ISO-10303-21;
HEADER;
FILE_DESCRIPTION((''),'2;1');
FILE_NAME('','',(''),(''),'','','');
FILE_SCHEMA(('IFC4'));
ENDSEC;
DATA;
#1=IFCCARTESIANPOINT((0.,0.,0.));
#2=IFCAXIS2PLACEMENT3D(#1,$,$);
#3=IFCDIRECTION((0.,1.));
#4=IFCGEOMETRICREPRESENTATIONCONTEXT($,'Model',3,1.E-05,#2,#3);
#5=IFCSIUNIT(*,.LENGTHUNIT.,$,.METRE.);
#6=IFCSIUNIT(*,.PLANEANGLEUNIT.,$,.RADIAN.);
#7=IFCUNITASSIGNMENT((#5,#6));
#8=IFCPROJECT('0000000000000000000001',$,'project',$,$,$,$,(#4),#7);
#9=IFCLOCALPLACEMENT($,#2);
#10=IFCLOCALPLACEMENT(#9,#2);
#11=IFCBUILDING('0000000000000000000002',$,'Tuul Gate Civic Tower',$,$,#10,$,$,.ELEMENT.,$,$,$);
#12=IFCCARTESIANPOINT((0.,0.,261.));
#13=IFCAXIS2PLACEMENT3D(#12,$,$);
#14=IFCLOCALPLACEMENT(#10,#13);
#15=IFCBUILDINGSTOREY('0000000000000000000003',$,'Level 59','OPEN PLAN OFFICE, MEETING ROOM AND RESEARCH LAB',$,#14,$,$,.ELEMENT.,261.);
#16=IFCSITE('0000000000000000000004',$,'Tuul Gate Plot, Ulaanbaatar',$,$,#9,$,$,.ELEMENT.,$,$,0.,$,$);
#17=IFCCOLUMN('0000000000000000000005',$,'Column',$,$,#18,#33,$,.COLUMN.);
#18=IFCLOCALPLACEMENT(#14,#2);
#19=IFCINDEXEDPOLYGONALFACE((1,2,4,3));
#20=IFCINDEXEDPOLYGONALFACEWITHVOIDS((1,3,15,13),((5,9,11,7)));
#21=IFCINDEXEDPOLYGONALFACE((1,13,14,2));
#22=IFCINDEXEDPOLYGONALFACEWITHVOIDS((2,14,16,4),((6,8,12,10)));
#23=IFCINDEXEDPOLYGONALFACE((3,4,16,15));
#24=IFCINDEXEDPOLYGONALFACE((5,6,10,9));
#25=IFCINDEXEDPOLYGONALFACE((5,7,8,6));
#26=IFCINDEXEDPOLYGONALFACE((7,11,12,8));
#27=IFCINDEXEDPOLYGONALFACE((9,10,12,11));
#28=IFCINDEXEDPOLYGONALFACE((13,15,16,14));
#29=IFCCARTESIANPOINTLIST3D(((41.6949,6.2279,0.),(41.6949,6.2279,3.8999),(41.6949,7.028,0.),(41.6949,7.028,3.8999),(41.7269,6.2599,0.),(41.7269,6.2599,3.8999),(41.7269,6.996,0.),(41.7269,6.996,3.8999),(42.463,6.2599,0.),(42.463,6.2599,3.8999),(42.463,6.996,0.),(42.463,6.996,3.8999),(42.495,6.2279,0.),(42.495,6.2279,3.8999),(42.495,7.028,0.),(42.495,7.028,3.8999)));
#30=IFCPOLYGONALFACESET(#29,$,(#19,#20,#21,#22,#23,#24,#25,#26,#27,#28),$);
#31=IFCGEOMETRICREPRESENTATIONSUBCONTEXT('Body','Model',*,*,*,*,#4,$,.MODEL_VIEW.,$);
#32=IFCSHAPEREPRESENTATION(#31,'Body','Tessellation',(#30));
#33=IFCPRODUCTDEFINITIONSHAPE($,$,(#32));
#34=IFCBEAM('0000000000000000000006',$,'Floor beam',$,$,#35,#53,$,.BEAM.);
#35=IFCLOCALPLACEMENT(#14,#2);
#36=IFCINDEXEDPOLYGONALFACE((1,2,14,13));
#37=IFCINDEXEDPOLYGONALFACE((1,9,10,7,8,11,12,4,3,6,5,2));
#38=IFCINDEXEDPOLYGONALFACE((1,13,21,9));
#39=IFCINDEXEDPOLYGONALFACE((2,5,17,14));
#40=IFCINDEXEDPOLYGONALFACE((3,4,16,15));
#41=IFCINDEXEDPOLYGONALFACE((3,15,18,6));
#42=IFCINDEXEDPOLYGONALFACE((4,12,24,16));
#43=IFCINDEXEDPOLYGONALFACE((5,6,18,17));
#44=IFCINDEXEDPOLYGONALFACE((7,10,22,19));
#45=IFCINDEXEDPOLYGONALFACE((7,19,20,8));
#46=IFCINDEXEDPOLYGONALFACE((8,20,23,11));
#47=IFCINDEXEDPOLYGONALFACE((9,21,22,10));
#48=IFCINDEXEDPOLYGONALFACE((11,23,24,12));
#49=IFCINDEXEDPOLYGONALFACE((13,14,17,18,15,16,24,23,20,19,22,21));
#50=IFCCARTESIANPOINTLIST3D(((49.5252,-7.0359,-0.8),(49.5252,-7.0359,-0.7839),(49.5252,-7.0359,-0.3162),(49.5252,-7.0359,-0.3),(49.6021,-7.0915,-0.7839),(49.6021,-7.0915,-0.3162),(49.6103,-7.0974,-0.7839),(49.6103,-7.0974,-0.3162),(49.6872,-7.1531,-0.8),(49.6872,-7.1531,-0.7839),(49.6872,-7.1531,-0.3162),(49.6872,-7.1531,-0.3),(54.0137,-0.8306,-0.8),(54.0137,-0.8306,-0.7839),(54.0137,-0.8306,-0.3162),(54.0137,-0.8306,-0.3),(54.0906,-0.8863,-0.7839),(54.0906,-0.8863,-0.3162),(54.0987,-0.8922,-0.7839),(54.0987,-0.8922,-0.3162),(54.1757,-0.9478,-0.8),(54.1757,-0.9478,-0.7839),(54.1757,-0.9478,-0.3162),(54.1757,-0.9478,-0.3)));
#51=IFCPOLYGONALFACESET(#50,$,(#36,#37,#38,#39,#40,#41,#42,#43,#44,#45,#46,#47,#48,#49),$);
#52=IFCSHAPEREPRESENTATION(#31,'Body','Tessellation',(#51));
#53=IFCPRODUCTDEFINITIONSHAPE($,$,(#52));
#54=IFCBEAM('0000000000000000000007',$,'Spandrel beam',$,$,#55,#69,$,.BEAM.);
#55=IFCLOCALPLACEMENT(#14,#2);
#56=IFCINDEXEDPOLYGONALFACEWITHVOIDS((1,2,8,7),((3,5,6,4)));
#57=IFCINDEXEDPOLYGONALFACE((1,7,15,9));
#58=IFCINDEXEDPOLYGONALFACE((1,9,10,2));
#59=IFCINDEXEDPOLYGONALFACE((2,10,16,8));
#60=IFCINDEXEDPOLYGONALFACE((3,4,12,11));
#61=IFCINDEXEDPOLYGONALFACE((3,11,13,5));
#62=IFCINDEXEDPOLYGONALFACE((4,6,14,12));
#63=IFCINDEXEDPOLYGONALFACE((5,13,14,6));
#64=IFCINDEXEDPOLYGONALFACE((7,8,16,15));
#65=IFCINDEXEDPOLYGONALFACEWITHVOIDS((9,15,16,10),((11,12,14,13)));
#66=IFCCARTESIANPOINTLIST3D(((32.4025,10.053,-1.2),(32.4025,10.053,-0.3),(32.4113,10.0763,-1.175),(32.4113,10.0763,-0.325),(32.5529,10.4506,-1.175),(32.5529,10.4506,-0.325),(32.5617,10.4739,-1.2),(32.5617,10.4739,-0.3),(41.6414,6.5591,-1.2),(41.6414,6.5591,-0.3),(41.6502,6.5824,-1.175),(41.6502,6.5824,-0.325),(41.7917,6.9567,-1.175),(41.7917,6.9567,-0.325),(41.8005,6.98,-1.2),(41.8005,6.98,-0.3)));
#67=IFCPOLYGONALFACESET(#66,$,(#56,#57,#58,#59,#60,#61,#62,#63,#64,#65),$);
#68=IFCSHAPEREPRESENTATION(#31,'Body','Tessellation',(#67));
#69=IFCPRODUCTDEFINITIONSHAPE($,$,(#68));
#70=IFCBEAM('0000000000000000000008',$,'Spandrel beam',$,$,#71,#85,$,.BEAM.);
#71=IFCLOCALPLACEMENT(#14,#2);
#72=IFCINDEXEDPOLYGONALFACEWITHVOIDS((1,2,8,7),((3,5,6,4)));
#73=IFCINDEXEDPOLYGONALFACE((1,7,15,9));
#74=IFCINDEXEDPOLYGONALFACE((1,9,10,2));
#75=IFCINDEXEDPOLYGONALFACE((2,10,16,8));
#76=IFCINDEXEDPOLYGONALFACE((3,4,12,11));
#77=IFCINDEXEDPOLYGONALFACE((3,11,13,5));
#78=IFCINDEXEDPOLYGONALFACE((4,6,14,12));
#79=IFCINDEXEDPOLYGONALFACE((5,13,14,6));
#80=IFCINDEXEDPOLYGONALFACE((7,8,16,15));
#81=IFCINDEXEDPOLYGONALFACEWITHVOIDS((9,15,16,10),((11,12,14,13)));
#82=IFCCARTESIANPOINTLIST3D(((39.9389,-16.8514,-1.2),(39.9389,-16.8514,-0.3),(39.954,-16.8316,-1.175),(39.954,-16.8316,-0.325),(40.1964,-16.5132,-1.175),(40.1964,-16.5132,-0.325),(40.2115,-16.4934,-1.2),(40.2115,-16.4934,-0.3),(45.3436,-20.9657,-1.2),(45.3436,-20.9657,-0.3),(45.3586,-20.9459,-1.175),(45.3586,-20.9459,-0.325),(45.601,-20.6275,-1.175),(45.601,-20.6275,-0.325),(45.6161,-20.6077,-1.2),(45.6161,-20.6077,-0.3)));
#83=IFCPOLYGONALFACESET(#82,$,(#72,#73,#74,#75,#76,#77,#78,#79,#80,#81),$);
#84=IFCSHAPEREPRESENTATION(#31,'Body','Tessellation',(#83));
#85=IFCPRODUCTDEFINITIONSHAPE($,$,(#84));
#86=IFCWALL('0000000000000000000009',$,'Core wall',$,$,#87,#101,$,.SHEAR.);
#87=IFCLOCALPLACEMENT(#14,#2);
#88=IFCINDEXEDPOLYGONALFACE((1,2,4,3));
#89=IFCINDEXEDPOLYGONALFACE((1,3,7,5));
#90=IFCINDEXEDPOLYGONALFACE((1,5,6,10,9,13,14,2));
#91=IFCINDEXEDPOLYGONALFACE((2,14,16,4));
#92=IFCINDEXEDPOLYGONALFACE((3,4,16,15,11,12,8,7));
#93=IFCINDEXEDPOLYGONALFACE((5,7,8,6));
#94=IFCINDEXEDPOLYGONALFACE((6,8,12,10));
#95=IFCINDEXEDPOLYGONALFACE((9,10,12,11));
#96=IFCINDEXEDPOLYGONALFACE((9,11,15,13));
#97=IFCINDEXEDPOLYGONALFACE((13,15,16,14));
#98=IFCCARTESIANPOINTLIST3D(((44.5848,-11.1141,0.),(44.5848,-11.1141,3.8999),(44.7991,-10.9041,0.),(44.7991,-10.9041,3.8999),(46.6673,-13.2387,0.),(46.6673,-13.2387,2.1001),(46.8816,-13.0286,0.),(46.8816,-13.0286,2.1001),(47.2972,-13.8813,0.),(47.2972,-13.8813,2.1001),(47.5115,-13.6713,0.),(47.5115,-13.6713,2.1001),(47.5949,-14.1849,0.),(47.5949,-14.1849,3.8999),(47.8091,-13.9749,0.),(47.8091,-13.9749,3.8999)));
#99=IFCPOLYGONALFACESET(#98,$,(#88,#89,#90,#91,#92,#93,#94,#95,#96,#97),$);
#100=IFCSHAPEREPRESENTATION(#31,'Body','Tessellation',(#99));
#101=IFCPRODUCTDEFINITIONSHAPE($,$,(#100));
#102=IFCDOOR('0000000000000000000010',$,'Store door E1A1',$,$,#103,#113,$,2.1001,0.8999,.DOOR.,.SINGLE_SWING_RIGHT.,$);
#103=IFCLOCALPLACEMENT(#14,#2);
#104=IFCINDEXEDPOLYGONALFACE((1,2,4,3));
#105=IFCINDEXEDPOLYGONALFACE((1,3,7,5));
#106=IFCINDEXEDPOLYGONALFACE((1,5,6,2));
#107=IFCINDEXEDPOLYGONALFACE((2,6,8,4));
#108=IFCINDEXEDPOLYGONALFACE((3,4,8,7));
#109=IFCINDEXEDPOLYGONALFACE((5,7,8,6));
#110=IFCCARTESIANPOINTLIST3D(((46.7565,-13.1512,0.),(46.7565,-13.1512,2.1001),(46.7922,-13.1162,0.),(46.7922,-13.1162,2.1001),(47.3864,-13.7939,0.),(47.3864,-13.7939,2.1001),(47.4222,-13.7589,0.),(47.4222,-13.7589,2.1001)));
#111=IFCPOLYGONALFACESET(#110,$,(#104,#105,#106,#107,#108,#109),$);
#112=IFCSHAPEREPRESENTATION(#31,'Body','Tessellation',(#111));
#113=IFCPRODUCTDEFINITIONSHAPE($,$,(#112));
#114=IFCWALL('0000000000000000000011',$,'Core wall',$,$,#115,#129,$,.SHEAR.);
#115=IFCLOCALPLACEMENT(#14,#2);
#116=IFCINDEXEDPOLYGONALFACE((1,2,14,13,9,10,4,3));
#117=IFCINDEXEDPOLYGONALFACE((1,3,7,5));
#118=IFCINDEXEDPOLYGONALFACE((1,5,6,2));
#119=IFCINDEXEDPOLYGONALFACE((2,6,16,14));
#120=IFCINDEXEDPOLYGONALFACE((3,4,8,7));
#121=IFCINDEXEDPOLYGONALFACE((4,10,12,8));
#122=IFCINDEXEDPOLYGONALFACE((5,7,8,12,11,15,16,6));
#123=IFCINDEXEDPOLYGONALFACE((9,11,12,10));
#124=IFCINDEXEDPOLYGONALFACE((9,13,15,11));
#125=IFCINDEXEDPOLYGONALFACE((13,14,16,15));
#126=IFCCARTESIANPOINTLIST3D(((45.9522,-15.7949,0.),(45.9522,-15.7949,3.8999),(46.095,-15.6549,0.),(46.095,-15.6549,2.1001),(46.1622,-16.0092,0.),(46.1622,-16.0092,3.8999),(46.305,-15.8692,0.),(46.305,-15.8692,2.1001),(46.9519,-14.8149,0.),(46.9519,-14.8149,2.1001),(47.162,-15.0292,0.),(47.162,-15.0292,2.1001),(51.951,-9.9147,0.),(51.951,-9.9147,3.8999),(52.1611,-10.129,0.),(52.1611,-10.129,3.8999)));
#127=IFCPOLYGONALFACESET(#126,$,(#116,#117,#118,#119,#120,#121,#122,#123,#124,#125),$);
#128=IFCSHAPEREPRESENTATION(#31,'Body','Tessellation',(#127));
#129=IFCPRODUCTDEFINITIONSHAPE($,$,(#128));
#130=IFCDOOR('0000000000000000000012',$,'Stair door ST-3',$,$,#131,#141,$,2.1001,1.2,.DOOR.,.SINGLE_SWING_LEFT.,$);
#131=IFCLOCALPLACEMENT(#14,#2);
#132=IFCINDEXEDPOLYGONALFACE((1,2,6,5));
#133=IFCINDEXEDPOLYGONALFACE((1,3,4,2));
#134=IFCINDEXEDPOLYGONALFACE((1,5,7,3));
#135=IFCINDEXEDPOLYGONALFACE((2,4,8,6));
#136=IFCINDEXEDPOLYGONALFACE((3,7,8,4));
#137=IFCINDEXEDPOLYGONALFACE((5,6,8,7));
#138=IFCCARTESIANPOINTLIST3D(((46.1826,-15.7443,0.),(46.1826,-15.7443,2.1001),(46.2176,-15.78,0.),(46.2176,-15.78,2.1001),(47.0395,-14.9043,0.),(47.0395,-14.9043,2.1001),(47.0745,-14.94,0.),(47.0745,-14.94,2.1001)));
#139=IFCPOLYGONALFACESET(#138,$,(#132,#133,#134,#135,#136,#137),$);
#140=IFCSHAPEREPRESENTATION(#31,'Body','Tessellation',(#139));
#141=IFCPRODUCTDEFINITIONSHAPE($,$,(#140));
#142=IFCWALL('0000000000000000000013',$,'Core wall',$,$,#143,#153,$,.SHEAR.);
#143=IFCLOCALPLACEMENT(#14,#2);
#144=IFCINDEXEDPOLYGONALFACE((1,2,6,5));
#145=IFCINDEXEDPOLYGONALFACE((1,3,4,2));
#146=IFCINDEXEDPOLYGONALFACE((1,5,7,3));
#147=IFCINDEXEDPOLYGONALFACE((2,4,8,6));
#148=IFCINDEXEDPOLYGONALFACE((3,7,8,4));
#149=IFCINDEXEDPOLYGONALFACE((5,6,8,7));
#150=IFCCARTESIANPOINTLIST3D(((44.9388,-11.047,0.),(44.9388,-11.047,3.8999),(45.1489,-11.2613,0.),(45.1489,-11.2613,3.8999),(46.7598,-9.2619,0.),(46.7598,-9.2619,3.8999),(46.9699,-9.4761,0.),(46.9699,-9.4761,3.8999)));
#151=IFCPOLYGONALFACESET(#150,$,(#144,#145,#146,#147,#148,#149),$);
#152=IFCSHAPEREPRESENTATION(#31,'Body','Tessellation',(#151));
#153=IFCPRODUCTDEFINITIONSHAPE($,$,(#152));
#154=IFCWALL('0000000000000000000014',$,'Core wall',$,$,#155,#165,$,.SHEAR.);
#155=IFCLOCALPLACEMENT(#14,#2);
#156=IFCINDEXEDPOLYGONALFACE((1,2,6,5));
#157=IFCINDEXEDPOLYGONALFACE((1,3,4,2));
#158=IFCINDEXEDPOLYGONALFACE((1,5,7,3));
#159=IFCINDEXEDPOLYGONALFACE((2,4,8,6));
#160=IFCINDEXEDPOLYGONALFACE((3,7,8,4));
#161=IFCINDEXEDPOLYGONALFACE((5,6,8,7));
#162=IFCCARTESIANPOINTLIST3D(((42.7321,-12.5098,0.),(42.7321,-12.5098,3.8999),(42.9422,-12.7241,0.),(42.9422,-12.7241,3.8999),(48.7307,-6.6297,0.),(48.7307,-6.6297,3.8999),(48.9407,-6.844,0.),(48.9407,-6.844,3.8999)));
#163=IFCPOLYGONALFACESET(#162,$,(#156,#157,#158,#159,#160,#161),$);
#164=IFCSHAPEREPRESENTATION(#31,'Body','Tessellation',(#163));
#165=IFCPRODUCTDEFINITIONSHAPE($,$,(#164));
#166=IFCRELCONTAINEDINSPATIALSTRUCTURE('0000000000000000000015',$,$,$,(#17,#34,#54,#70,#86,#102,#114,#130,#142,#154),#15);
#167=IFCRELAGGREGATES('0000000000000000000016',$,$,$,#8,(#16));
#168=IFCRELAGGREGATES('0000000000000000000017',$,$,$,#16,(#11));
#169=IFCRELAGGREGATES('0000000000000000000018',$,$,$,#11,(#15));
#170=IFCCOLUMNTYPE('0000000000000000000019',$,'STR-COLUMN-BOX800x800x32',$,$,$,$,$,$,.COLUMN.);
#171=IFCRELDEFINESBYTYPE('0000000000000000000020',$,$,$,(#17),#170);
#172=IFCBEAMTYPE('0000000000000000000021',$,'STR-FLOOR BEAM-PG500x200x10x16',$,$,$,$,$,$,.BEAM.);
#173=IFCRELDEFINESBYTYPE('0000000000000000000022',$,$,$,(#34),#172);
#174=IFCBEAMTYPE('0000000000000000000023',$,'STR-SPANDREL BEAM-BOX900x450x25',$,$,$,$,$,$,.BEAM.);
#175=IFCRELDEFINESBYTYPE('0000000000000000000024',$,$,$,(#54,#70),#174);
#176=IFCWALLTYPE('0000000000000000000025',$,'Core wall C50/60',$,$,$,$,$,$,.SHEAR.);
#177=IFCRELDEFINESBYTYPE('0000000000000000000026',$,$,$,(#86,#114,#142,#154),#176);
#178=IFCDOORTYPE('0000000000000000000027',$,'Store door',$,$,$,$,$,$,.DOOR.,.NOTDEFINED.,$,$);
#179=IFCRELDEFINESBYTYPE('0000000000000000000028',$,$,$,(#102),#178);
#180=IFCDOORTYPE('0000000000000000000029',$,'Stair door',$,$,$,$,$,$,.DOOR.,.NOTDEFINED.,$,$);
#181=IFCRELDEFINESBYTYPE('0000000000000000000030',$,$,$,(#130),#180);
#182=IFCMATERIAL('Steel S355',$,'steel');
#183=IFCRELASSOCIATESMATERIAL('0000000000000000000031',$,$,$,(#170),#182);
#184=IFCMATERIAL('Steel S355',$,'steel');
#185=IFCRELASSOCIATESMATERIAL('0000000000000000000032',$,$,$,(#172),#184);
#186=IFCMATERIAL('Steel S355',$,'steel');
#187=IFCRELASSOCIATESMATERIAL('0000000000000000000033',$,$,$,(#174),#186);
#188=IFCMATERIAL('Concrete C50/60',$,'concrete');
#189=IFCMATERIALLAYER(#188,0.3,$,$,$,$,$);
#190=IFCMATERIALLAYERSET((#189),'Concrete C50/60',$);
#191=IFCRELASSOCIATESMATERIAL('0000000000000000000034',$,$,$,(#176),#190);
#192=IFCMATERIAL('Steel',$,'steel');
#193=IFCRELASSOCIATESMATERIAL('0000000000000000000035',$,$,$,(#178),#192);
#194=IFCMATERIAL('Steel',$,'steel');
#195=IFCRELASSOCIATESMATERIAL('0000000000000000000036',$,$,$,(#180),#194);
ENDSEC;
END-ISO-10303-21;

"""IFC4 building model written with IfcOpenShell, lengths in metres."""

from ifc_helpers import new_model, si_unit, direction, frame, frame_2d, origin, origin_2d, place, context, subcontext, project, spatial, rectangle, hollow_rectangle, i_section, extrude, material, layer, layer_set, material_profile, profile_set, type_object, element, fill, save


model = new_model("IFC4")

# Units and contexts
model_context = context("Model", 3, precision=1e-05, world=origin(), true_north=direction((0.0, 1.0)))
body_context = subcontext(model_context, "Body", "Model", "MODEL_VIEW")
ifc_project = project(units=[si_unit("LENGTHUNIT", "METRE"), si_unit("PLANEANGLEUNIT", "RADIAN")], contexts=[model_context])

# Site, building, storey
site_placement = place(None, origin())
site = spatial("IfcSite", under=ifc_project, at=site_placement, Name="Tuul Gate Plot, Ulaanbaatar", CompositionType="ELEMENT", RefElevation=0.0)
building_placement = place(site_placement, origin())
building = spatial("IfcBuilding", under=site, at=building_placement, Name="Tuul Gate Civic Tower", CompositionType="ELEMENT")
storey_placement = place(building_placement, frame((0.0, 0.0, 261.0)))
storey = spatial("IfcBuildingStorey", under=building, at=storey_placement, Name="Level 59", Description="OPEN PLAN OFFICE, MEETING ROOM AND RESEARCH LAB", CompositionType="ELEMENT", Elevation=261.0)

# Column
ifc_material_1 = material(Name="Steel S355", Category="steel")
ifc_material_profile_1 = material_profile(ifc_material_1, hollow_rectangle(XDim=0.8, YDim=0.8, WallThickness=0.032, at=origin_2d()), Name="BOX800x800x32")
ifc_profile_set_1 = profile_set([ifc_material_profile_1], Name="Steel S355")
column_type = type_object("IfcColumnType", Name="STR-COLUMN-BOX800x800x32", PredefinedType="COLUMN", material=ifc_profile_set_1)
column_placement = place(storey_placement, frame((42.095, 6.6279, 0.0), z_axis=(0.0, 0.0, 1.0), x_axis=(1.0, 0.0, 0.0)))
element("IfcColumn", 1, at=column_placement, inside=storey, type_object=column_type, Name="Column", PredefinedType="COLUMN", context=body_context, shape_type="SweptSolid", body=[
    extrude(hollow_rectangle(XDim=0.8, YDim=0.8, WallThickness=0.032, at=origin_2d()), origin(), (0.0, 0.0, 1.0), 3.8999),
])

# Beams
ifc_material_2 = material(Name="Steel S355", Category="steel")
ifc_material_profile_2 = material_profile(ifc_material_2, i_section(OverallWidth=0.2, OverallDepth=0.5, WebThickness=0.01, FlangeThickness=0.0161, at=origin_2d()), Name="PG500x200x10x16")
ifc_profile_set_2 = profile_set([ifc_material_profile_2], Name="Steel S355")
beam_type_1 = type_object("IfcBeamType", Name="STR-FLOOR BEAM-PG500x200x10x16", PredefinedType="BEAM", material=ifc_profile_set_2)
beam_1_placement = place(storey_placement, frame((49.6062, -7.0945, -0.55), z_axis=(0.586083, 0.810251, 0.0), x_axis=(-0.810251, 0.586083, 0.0)))
element("IfcBeam", 2, at=beam_1_placement, inside=storey, type_object=beam_type_1, Name="Floor beam", PredefinedType="BEAM", context=body_context, shape_type="SweptSolid", body=[
    extrude(i_section(OverallWidth=0.2, OverallDepth=0.5, WebThickness=0.01, FlangeThickness=0.0161, at=origin_2d()), origin(), (0.0, 0.0, 1.0), 7.6584),
])
ifc_material_3 = material(Name="Steel S355", Category="steel")
ifc_material_profile_3 = material_profile(ifc_material_3, hollow_rectangle(XDim=0.45, YDim=0.8999, WallThickness=0.0249, at=origin_2d()), Name="BOX900x450x25")
ifc_profile_set_3 = profile_set([ifc_material_profile_3], Name="Steel S355")
beam_type_2 = type_object("IfcBeamType", Name="STR-SPANDREL BEAM-BOX900x450x25", PredefinedType="BEAM", material=ifc_profile_set_3)
beam_2_placement = place(storey_placement, frame((41.7209, 6.7695, -0.75), z_axis=(-0.935348, 0.353728, 0.0), x_axis=(-0.353728, -0.935348, 0.0)))
element("IfcBeam", 3, at=beam_2_placement, inside=storey, type_object=beam_type_2, Name="Spandrel beam", PredefinedType="BEAM", context=body_context, shape_type="SweptSolid", body=[
    extrude(hollow_rectangle(XDim=0.45, YDim=0.8999, WallThickness=0.0249, at=origin_2d()), origin(), (0.0, 0.0, 1.0), 9.8774),
])
beam_3_placement = place(storey_placement, frame((40.0752, -16.6724, -0.75), z_axis=(0.795679, -0.605718, 0.0), x_axis=(0.605718, 0.795679, 0.0)))
element("IfcBeam", 4, at=beam_3_placement, inside=storey, type_object=beam_type_2, Name="Spandrel beam", PredefinedType="BEAM", context=body_context, shape_type="SweptSolid", body=[
    extrude(hollow_rectangle(XDim=0.45, YDim=0.8999, WallThickness=0.0249, at=origin_2d()), origin(), (0.0, 0.0, 1.0), 6.7925),
])

# Walls, openings, doors
ifc_material_4 = material(Name="Concrete C50/60", Category="concrete")
ifc_layer_1 = layer(ifc_material_4, 0.3)
ifc_layer_set_1 = layer_set([ifc_layer_1], Name="Concrete C50/60")
wall_type_1 = type_object("IfcWallType", Name="Core wall C50/60", PredefinedType="SHEAR", material=ifc_layer_set_1)
wall_1_placement = place(storey_placement, frame((47.7019, -14.0798, 0.0), z_axis=(0.0, 0.0, 1.0), x_axis=(-0.700003, 0.71414, 0.0)))
wall_1 = element("IfcWall", 5, at=wall_1_placement, inside=storey, type_object=wall_type_1, Name="Core wall", PredefinedType="SHEAR", context=body_context, shape_type="SweptSolid", body=[
    extrude(rectangle(XDim=4.3, YDim=0.3, at=frame_2d((2.1499, 0.0))), origin(), (0.0, 0.0, 1.0), 3.8999),
])
opening_1_placement = place(wall_1_placement, frame((0.425, 0.0, 0.0)))
opening_1 = element("IfcOpeningElement", 6, at=opening_1_placement, cuts=wall_1, PredefinedType="OPENING", context=body_context, shape_type="SweptSolid", body=[
    extrude(rectangle(XDim=0.8999, YDim=2.1001, at=frame_2d((0.45, 1.05))), frame((0.0, 0.1602, 0.0), z_axis=(0.0, -1.0, 0.0), x_axis=(1.0, 0.0, 0.0)), (0.0, 0.0, 1.0), 0.3201),
])
ifc_material_5 = material(Name="Steel", Category="steel")
door_type_1 = type_object("IfcDoorType", Name="Store door", OperationType="NOTDEFINED", PredefinedType="DOOR", material=ifc_material_5)
door_1_placement = place(opening_1_placement, frame((0.8999, 0.0, 0.0), z_axis=(0.0, 0.0, 1.0), x_axis=(-1.0, 0.0, 0.0)))
door_1 = element("IfcDoor", 7, at=door_1_placement, inside=storey, type_object=door_type_1, Name="Store door E1A1", OperationType="SINGLE_SWING_RIGHT", OverallHeight=2.1001, OverallWidth=0.8999, PredefinedType="DOOR", context=body_context, shape_type="SweptSolid", body=[
    extrude(rectangle(XDim=0.8999, YDim=2.1001, at=frame_2d((0.45, 1.05))), frame((0.0, 0.0249, 0.0), z_axis=(0.0, -1.0, 0.0), x_axis=(1.0, 0.0, 0.0)), (0.0, 0.0, 1.0), 0.05),
])
fill(opening_1, door_1)
wall_2_placement = place(storey_placement, frame((46.0571, -15.9021, 0.0), z_axis=(0.0, 0.0, 1.0), x_axis=(0.714134, 0.700009, 0.0)))
wall_2 = element("IfcWall", 8, at=wall_2_placement, inside=storey, type_object=wall_type_1, Name="Core wall", PredefinedType="SHEAR", context=body_context, shape_type="SweptSolid", body=[
    extrude(rectangle(XDim=8.4001, YDim=0.3, at=frame_2d((4.2002, 0.0))), origin(), (0.0, 0.0, 1.0), 3.8999),
])
opening_2_placement = place(wall_2_placement, frame((0.2, 0.0, 0.0)))
opening_2 = element("IfcOpeningElement", 9, at=opening_2_placement, cuts=wall_2, PredefinedType="OPENING", context=body_context, shape_type="SweptSolid", body=[
    extrude(rectangle(XDim=1.2, YDim=2.1001, at=frame_2d((0.6001, 1.05))), frame((0.0, 0.1602, 0.0), z_axis=(0.0, -1.0, 0.0), x_axis=(1.0, 0.0, 0.0)), (0.0, 0.0, 1.0), 0.3201),
])
ifc_material_6 = material(Name="Steel", Category="steel")
door_type_2 = type_object("IfcDoorType", Name="Stair door", OperationType="NOTDEFINED", PredefinedType="DOOR", material=ifc_material_6)
door_2_placement = place(opening_2_placement, origin())
door_2 = element("IfcDoor", 10, at=door_2_placement, inside=storey, type_object=door_type_2, Name="Stair door ST-3", OperationType="SINGLE_SWING_LEFT", OverallHeight=2.1001, OverallWidth=1.2, PredefinedType="DOOR", context=body_context, shape_type="SweptSolid", body=[
    extrude(rectangle(XDim=1.2, YDim=2.1001, at=frame_2d((0.6001, 1.05))), frame((0.0, 0.0249, 0.0), z_axis=(0.0, -1.0, 0.0), x_axis=(1.0, 0.0, 0.0)), (0.0, 0.0, 1.0), 0.05),
])
fill(opening_2, door_2)

# Walls
wall_3_placement = place(storey_placement, frame((45.0439, -11.1541, 0.0), z_axis=(0.0, 0.0, 1.0), x_axis=(0.714108, 0.700035, 0.0)))
element("IfcWall", 11, at=wall_3_placement, inside=storey, type_object=wall_type_1, Name="Core wall", PredefinedType="SHEAR", context=body_context, shape_type="SweptSolid", body=[
    extrude(rectangle(XDim=2.55, YDim=0.3, at=frame_2d((1.2749, 0.0))), origin(), (0.0, 0.0, 1.0), 3.8999),
])
wall_4_placement = place(storey_placement, frame((42.8372, -12.6169, 0.0), z_axis=(0.0, 0.0, 1.0), x_axis=(0.71412, 0.700023, 0.0)))
element("IfcWall", 12, at=wall_4_placement, inside=storey, type_object=wall_type_1, Name="Core wall", PredefinedType="SHEAR", context=body_context, shape_type="SweptSolid", body=[
    extrude(rectangle(XDim=8.3999, YDim=0.3, at=frame_2d((4.2, 0.0))), origin(), (0.0, 0.0, 1.0), 3.8999),
])

save(model, "model.ifc")
